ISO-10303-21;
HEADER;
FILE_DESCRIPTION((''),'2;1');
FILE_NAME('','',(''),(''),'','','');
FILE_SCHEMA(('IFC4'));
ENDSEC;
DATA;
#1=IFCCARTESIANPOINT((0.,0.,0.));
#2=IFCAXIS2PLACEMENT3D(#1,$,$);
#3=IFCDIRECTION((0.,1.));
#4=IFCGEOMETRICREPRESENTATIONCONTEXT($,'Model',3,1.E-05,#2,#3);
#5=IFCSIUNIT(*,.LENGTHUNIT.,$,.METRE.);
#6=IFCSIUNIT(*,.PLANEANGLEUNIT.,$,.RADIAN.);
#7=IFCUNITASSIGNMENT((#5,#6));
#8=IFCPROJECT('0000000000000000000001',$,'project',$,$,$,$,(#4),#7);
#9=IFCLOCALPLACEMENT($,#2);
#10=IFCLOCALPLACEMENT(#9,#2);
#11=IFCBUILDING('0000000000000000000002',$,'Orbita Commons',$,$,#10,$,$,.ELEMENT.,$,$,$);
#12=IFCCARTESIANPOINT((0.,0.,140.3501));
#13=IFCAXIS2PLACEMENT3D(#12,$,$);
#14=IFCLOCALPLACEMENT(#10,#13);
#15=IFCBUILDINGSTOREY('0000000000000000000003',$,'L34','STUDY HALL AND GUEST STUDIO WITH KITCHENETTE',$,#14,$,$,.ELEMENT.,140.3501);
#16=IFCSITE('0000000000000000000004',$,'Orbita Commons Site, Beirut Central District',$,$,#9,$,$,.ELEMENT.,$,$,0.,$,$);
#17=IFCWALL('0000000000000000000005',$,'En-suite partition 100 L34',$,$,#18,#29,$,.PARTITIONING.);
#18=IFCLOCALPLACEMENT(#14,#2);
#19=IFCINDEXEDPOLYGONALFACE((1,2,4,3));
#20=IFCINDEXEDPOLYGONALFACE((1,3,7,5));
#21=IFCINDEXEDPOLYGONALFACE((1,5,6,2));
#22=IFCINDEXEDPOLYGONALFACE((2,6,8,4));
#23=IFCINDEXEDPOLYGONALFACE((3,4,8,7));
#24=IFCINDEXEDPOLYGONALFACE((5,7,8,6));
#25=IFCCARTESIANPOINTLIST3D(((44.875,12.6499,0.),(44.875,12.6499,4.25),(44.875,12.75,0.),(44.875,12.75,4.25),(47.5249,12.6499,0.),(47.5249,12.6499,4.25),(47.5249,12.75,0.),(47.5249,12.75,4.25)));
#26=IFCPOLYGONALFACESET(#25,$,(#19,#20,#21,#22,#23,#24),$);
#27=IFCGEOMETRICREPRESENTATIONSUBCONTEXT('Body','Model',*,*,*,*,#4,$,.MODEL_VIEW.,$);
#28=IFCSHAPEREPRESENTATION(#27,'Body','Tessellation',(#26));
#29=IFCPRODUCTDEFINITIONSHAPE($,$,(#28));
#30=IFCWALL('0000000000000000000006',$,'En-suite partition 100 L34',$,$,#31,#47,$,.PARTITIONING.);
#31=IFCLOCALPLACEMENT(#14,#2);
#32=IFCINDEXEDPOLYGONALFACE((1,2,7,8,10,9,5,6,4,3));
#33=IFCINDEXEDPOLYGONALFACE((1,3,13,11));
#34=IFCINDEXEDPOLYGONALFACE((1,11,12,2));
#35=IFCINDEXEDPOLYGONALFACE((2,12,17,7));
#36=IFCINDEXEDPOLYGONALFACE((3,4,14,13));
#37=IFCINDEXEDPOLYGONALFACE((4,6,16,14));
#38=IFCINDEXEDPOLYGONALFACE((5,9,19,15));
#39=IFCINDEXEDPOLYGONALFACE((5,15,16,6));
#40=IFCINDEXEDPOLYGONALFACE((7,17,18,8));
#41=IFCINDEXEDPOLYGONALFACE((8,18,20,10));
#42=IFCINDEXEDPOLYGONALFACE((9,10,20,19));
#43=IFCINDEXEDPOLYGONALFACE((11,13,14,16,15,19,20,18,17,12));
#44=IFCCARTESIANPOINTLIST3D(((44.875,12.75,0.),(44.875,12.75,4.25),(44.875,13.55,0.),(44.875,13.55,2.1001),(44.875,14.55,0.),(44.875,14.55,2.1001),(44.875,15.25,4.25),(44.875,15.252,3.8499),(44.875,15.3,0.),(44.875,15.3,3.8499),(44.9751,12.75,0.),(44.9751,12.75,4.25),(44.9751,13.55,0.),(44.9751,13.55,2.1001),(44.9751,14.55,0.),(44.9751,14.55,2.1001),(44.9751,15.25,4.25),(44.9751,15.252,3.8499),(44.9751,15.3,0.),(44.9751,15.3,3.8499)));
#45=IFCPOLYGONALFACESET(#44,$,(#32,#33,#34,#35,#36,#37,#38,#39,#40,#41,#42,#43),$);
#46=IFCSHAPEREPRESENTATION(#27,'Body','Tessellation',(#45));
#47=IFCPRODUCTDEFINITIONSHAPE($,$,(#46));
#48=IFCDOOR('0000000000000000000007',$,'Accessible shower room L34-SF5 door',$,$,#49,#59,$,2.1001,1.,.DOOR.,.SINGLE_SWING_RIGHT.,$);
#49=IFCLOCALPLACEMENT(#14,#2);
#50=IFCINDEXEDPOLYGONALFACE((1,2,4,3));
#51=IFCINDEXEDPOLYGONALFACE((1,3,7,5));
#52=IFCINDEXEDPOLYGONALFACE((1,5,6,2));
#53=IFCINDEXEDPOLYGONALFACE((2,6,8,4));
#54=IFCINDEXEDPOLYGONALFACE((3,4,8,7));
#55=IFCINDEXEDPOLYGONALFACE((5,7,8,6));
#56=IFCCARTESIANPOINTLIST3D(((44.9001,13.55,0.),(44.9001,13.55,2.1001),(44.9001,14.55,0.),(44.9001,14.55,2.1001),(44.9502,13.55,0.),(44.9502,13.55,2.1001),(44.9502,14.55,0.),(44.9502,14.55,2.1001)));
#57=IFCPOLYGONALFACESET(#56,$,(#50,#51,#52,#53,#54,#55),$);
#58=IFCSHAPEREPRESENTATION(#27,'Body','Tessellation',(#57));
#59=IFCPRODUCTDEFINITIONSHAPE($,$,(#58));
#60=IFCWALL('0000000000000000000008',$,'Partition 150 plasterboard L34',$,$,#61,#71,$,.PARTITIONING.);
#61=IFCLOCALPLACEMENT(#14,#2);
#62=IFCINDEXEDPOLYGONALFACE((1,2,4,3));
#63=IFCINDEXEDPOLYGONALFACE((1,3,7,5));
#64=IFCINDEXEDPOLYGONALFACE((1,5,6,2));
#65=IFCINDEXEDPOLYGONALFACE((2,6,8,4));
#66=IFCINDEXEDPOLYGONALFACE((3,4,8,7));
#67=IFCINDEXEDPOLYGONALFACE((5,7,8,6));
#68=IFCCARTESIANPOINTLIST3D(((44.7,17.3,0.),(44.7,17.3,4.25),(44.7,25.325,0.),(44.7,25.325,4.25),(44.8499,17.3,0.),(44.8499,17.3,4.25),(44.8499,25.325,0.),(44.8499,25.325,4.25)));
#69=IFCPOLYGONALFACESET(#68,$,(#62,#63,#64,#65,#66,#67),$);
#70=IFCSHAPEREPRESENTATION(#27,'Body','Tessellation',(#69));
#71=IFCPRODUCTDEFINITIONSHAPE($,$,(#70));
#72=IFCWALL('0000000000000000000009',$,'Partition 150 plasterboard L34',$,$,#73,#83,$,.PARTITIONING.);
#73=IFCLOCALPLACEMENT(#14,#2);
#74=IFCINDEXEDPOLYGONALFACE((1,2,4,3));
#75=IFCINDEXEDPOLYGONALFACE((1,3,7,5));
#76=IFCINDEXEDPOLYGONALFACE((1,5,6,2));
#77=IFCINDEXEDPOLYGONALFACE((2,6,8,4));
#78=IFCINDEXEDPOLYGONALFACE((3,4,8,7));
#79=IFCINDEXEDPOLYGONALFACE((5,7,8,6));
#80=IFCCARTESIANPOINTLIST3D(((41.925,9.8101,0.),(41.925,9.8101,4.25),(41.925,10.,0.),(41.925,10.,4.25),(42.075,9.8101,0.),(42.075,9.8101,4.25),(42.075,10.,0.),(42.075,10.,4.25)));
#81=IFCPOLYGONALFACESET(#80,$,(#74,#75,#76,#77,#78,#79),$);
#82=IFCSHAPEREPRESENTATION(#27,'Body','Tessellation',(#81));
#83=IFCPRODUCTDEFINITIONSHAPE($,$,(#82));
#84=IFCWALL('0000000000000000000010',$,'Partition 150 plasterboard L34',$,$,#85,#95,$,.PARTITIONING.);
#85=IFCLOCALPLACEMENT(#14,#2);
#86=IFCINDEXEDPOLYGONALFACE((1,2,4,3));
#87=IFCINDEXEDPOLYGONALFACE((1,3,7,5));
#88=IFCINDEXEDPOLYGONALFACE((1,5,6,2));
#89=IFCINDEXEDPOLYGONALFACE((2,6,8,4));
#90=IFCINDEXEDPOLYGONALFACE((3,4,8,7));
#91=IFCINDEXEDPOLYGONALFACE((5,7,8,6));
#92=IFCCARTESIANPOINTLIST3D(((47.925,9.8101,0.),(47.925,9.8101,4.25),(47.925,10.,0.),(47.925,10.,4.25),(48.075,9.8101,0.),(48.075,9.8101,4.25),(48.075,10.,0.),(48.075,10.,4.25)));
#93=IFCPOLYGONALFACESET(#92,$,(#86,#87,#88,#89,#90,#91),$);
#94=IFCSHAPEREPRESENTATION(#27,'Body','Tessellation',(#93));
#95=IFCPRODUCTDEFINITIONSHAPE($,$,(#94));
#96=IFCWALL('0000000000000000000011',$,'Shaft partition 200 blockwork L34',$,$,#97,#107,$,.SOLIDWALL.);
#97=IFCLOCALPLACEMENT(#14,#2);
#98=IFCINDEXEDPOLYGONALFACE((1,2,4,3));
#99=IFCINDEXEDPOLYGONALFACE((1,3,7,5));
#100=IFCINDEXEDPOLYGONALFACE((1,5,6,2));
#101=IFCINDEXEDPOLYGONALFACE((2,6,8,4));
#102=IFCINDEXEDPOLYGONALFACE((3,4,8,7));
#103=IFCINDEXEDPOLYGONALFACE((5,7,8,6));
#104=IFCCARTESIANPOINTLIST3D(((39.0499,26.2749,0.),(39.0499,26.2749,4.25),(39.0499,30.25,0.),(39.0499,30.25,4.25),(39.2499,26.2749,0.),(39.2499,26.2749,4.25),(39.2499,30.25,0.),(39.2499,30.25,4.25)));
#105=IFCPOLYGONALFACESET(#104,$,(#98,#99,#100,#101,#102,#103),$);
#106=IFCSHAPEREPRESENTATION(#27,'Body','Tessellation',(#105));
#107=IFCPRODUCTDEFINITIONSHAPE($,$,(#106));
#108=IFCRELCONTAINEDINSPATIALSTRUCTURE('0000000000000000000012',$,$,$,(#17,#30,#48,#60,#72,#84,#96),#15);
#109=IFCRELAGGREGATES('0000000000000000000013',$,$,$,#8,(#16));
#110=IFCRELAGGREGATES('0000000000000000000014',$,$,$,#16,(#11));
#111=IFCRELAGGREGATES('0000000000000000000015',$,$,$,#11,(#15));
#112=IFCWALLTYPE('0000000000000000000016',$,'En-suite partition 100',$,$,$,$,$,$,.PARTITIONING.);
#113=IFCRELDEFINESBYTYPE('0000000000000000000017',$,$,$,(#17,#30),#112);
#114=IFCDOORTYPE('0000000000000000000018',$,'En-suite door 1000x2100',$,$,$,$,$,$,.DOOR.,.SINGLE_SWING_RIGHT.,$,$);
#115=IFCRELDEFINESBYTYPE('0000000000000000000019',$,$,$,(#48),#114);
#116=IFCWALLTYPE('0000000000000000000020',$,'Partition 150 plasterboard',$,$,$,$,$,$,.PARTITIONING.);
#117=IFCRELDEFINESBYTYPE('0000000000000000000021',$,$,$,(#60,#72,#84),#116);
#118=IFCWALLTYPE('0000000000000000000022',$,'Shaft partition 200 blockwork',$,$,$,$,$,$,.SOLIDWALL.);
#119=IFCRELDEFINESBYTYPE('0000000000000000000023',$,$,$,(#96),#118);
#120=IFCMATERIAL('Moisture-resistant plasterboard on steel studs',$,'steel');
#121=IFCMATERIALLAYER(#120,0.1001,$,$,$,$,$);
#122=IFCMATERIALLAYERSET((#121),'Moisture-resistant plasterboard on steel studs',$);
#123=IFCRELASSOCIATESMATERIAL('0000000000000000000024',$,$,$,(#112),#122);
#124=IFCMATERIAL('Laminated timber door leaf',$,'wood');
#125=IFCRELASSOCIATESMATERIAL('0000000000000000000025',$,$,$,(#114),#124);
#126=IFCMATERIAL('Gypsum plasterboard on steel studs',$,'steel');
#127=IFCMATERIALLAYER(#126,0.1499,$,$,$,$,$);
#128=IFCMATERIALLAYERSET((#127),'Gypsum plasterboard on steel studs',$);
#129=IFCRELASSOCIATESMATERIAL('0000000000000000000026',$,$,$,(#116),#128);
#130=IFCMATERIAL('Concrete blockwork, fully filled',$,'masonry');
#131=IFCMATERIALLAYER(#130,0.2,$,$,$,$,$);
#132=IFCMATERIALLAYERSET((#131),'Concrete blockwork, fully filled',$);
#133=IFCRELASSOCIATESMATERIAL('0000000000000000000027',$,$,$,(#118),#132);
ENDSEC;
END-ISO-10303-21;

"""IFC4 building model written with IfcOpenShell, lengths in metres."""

from ifc_helpers import new_model, si_unit, direction, frame, frame_2d, origin, place, context, subcontext, project, spatial, polyline, rectangle, outline, extrude, material, layer, layer_set, type_object, element, fill, save


model = new_model("IFC4")

# Units and contexts
model_context = context("Model", 3, precision=1e-05, world=origin(), true_north=direction((0.0, 1.0)))
body_context = subcontext(model_context, "Body", "Model", "MODEL_VIEW")
ifc_project = project(units=[si_unit("LENGTHUNIT", "METRE"), si_unit("PLANEANGLEUNIT", "RADIAN")], contexts=[model_context])

# Site, building, storey
site_placement = place(None, origin())
site = spatial("IfcSite", under=ifc_project, at=site_placement, Name="Orbita Commons Site, Beirut Central District", CompositionType="ELEMENT", RefElevation=0.0)
building_placement = place(site_placement, origin())
building = spatial("IfcBuilding", under=site, at=building_placement, Name="Orbita Commons", CompositionType="ELEMENT")
storey_placement = place(building_placement, frame((0.0, 0.0, 140.3501)))
storey = spatial("IfcBuildingStorey", under=building, at=storey_placement, Name="L34", Description="STUDY HALL AND GUEST STUDIO WITH KITCHENETTE", CompositionType="ELEMENT", Elevation=140.3501)

# Wall
ifc_material_1 = material(Name="Moisture-resistant plasterboard on steel studs", Category="steel")
ifc_layer_1 = layer(ifc_material_1, 0.1001)
ifc_layer_set_1 = layer_set([ifc_layer_1], Name="Moisture-resistant plasterboard on steel studs")
wall_type_1 = type_object("IfcWallType", Name="En-suite partition 100", PredefinedType="PARTITIONING", material=ifc_layer_set_1)
wall_1_placement = place(storey_placement, frame((44.875, 12.7, 0.0), z_axis=(0.0, 0.0, 1.0), x_axis=(1.0, 0.0, 0.0)))
element("IfcWall", 1, at=wall_1_placement, inside=storey, type_object=wall_type_1, Name="En-suite partition 100 L34", PredefinedType="PARTITIONING", context=body_context, shape_type="SweptSolid", body=[
    extrude(rectangle(XDim=2.6499, YDim=0.1001, at=frame_2d((1.325, 0.0))), origin(), (0.0, 0.0, 1.0), 4.25),
])

# Wall, opening, door
wall_2_placement = place(storey_placement, frame((44.925, 12.75, 0.0), z_axis=(0.0, 0.0, 1.0), x_axis=(0.0, 1.0, 0.0)))
wall_2 = element("IfcWall", 2, at=wall_2_placement, inside=storey, type_object=wall_type_1, Name="En-suite partition 100 L34", PredefinedType="PARTITIONING", context=body_context, shape_type="SweptSolid", body=[
    extrude(outline(polyline([(0.0, 0.0), (2.55, 0.0), (2.55, 3.8499), (2.502, 3.8499), (2.5, 4.25), (0.0, 4.25), (0.0, 0.0)])), frame((0.0, 0.05, 0.0), z_axis=(0.0, -1.0, 0.0), x_axis=(1.0, 0.0, 0.0)), (0.0, 0.0, 1.0), 0.1001),
])
opening_1_placement = place(wall_2_placement, frame((0.8, 0.0, 0.0)))
opening_1 = element("IfcOpeningElement", 3, at=opening_1_placement, cuts=wall_2, PredefinedType="OPENING", context=body_context, shape_type="SweptSolid", body=[
    extrude(rectangle(XDim=1.0, YDim=2.1001, at=frame_2d((0.5, 1.05))), frame((0.0, 0.0601, 0.0), z_axis=(0.0, -1.0, 0.0), x_axis=(1.0, 0.0, 0.0)), (0.0, 0.0, 1.0), 0.1201),
])
ifc_material_2 = material(Name="Laminated timber door leaf", Category="wood")
door_type_1 = type_object("IfcDoorType", Name="En-suite door 1000x2100", OperationType="SINGLE_SWING_RIGHT", PredefinedType="DOOR", material=ifc_material_2)
door_1_placement = place(opening_1_placement, origin())
door_1 = element("IfcDoor", 4, at=door_1_placement, inside=storey, type_object=door_type_1, Name="Accessible shower room L34-SF5 door", OperationType="SINGLE_SWING_RIGHT", OverallHeight=2.1001, OverallWidth=1.0, PredefinedType="DOOR", context=body_context, shape_type="SweptSolid", body=[
    extrude(rectangle(XDim=1.0, YDim=2.1001, at=frame_2d((0.5, 1.05))), frame((0.0, 0.0249, 0.0), z_axis=(0.0, -1.0, 0.0), x_axis=(1.0, 0.0, 0.0)), (0.0, 0.0, 1.0), 0.05),
])
fill(opening_1, door_1)

# Walls
ifc_material_3 = material(Name="Gypsum plasterboard on steel studs", Category="steel")
ifc_layer_2 = layer(ifc_material_3, 0.1499)
ifc_layer_set_2 = layer_set([ifc_layer_2], Name="Gypsum plasterboard on steel studs")
wall_type_2 = type_object("IfcWallType", Name="Partition 150 plasterboard", PredefinedType="PARTITIONING", material=ifc_layer_set_2)
wall_3_placement = place(storey_placement, frame((44.7749, 17.3, 0.0), z_axis=(0.0, 0.0, 1.0), x_axis=(0.0, 1.0, 0.0)))
element("IfcWall", 5, at=wall_3_placement, inside=storey, type_object=wall_type_2, Name="Partition 150 plasterboard L34", PredefinedType="PARTITIONING", context=body_context, shape_type="SweptSolid", body=[
    extrude(rectangle(XDim=8.0249, YDim=0.1499, at=frame_2d((4.0125, 0.0))), origin(), (0.0, 0.0, 1.0), 4.25),
])
for number, where, z_axis, x_axis, name in (
    (6, (42.0, 10.0, 0.0), (0.0, 0.0, 1.0), (0.0, -1.0, 0.0), "Partition 150 plasterboard L34"),
    (7, (48.0, 10.0, 0.0), (0.0, 0.0, 1.0), (0.0, -1.0, 0.0), "Partition 150 plasterboard L34"),
):
    element("IfcWall", number, at=place(storey_placement, frame(where, z_axis=z_axis, x_axis=x_axis)), inside=storey, type_object=wall_type_2, Name=name, PredefinedType="PARTITIONING", context=body_context, shape_type="SweptSolid", body=[
        extrude(rectangle(XDim=0.1899, YDim=0.1499, at=frame_2d((0.095, 0.0))), origin(), (0.0, 0.0, 1.0), 4.25),
    ])
ifc_material_4 = material(Name="Concrete blockwork, fully filled", Category="masonry")
ifc_layer_3 = layer(ifc_material_4, 0.2)
ifc_layer_set_3 = layer_set([ifc_layer_3], Name="Concrete blockwork, fully filled")
wall_type_3 = type_object("IfcWallType", Name="Shaft partition 200 blockwork", PredefinedType="SOLIDWALL", material=ifc_layer_set_3)
wall_4_placement = place(storey_placement, frame((39.1499, 26.2749, 0.0), z_axis=(0.0, 0.0, 1.0), x_axis=(0.0, 1.0, 0.0)))
element("IfcWall", 8, at=wall_4_placement, inside=storey, type_object=wall_type_3, Name="Shaft partition 200 blockwork L34", PredefinedType="SOLIDWALL", context=body_context, shape_type="SweptSolid", body=[
    extrude(rectangle(XDim=3.9751, YDim=0.2, at=frame_2d((1.9875, 0.0))), origin(), (0.0, 0.0, 1.0), 4.25),
])

save(model, "model.ifc")
